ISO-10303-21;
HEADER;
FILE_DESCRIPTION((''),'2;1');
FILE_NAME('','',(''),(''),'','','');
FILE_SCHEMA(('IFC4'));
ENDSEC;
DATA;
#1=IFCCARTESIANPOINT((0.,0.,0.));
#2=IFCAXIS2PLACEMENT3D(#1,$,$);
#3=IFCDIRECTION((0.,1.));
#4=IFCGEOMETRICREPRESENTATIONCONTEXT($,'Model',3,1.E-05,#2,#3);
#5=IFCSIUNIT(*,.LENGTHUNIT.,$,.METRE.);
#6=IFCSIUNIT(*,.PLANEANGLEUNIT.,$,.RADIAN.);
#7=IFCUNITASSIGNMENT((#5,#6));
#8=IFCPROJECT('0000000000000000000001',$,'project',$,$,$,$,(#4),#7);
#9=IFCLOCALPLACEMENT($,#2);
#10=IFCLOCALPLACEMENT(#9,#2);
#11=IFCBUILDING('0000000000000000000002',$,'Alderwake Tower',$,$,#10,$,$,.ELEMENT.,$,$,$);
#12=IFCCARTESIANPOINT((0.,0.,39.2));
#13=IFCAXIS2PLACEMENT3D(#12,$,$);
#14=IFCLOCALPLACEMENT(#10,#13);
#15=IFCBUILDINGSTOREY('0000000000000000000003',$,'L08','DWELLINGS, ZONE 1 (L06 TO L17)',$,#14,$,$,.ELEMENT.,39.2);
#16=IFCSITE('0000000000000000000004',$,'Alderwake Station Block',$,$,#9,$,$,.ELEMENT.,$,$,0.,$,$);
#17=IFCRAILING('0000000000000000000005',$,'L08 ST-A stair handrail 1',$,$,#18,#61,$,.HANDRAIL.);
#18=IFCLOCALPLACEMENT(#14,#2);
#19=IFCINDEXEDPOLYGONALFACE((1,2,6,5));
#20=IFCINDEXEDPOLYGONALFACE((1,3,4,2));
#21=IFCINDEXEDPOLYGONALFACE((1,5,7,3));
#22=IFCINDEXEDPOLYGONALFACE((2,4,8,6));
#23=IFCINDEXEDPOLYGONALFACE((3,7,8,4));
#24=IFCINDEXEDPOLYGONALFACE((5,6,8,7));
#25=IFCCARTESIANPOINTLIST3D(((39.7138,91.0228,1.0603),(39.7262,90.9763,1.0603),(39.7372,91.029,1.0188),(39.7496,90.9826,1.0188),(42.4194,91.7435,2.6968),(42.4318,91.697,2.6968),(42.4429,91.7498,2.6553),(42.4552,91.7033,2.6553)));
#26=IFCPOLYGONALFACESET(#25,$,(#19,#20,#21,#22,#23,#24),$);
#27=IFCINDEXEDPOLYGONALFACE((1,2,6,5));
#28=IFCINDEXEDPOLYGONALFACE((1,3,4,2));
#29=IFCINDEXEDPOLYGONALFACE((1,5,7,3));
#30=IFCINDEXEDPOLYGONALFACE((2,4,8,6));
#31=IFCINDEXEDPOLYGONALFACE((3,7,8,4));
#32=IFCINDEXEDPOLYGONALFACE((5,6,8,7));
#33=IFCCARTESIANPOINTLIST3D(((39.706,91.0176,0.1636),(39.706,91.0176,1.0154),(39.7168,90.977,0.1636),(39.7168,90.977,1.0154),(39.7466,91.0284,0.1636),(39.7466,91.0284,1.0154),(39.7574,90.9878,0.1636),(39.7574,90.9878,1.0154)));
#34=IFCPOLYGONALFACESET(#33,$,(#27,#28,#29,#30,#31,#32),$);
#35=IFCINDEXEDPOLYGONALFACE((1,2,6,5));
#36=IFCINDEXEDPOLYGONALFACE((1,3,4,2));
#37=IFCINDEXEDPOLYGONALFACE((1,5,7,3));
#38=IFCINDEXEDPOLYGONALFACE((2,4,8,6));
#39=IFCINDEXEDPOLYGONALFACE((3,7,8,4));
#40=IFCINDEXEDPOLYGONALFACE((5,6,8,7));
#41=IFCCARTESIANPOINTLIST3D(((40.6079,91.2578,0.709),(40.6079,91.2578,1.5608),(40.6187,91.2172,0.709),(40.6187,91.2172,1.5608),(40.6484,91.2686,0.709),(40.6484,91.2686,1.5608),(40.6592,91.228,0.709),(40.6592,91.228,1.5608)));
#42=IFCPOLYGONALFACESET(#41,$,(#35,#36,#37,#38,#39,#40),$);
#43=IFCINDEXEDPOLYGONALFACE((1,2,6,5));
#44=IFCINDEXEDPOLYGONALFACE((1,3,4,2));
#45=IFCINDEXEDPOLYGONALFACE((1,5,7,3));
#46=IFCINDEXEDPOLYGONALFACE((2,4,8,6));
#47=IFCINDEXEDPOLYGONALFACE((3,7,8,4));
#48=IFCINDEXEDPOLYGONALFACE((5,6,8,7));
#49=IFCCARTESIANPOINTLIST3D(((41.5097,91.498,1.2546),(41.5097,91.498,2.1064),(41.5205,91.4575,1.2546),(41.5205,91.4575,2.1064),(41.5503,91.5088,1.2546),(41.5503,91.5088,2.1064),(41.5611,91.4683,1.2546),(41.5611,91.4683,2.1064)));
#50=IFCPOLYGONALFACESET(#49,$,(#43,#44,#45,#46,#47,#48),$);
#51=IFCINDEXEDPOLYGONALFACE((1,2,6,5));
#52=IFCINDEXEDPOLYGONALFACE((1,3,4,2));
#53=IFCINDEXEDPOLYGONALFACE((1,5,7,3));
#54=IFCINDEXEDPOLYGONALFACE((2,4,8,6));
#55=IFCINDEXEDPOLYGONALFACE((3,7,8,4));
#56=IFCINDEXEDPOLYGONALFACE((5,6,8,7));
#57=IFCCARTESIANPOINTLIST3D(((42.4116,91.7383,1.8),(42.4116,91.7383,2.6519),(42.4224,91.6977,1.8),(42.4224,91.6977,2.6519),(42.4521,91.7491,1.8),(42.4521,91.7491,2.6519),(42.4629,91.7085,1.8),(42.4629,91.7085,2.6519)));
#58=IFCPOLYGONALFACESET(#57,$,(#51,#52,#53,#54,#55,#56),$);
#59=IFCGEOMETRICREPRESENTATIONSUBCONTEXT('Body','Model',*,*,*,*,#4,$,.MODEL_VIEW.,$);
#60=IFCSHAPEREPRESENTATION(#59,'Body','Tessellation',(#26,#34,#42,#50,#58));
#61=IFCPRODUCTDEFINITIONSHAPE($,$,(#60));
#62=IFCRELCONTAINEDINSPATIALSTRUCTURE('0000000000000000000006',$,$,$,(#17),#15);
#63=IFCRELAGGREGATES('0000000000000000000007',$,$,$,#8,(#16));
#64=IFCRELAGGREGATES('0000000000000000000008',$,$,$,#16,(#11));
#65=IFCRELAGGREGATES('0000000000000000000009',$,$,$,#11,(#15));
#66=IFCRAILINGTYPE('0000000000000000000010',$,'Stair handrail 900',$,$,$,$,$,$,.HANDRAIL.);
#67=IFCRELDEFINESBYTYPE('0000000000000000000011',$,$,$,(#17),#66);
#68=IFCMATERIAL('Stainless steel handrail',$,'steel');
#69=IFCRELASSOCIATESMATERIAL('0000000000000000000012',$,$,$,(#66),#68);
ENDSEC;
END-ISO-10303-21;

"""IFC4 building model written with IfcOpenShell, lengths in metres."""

from ifc_helpers import new_model, si_unit, direction, frame, origin, origin_2d, place, context, subcontext, project, spatial, rectangle, extrude, material, type_object, element, save


model = new_model("IFC4")

# Units and contexts
model_context = context("Model", 3, precision=1e-05, world=origin(), true_north=direction((0.0, 1.0)))
body_context = subcontext(model_context, "Body", "Model", "MODEL_VIEW")
ifc_project = project(units=[si_unit("LENGTHUNIT", "METRE"), si_unit("PLANEANGLEUNIT", "RADIAN")], contexts=[model_context])

# Site, building, storey
site_placement = place(None, origin())
site = spatial("IfcSite", under=ifc_project, at=site_placement, Name="Alderwake Station Block", CompositionType="ELEMENT", RefElevation=0.0)
building_placement = place(site_placement, origin())
building = spatial("IfcBuilding", under=site, at=building_placement, Name="Alderwake Tower", CompositionType="ELEMENT")
storey_placement = place(building_placement, frame((0.0, 0.0, 39.2)))
storey = spatial("IfcBuildingStorey", under=building, at=storey_placement, Name="L08", Description="DWELLINGS, ZONE 1 (L06 TO L17)", CompositionType="ELEMENT", Elevation=39.2)

# Railing
ifc_material_1 = material(Name="Stainless steel handrail", Category="steel")
railing_type_1 = type_object("IfcRailingType", Name="Stair handrail 900", PredefinedType="HANDRAIL", material=ifc_material_1)
railing_1_placement = place(storey_placement, frame((39.7317, 91.0027, 0.1636)))
element("IfcRailing", 1, at=railing_1_placement, inside=storey, type_object=railing_type_1, Name="L08 ST-A stair handrail 1", PredefinedType="HANDRAIL", context=body_context, shape_type="SweptSolid", body=[
    extrude(rectangle(XDim=0.0481, YDim=0.0481, at=origin_2d()), frame((0.0, 0.0, 0.876), z_axis=(0.834259, 0.222228, 0.504605), x_axis=(-0.257402, 0.966304, 0.0)), (0.0, 0.0, 1.0), 3.2432),
    extrude(rectangle(XDim=0.042, YDim=0.042, at=origin_2d()), frame((0.0, 0.0, 0.0), z_axis=(0.0, 0.0, 1.0), x_axis=(0.966304, 0.257402, 0.0)), (0.0, 0.0, 1.0), 0.8518),
    extrude(rectangle(XDim=0.042, YDim=0.042, at=origin_2d()), frame((0.9019, 0.2402, 0.5454), z_axis=(0.0, 0.0, 1.0), x_axis=(0.966304, 0.257402, 0.0)), (0.0, 0.0, 1.0), 0.8518),
    extrude(rectangle(XDim=0.042, YDim=0.042, at=origin_2d()), frame((1.8037, 0.4805, 1.0911), z_axis=(0.0, 0.0, 1.0), x_axis=(0.966304, 0.257402, 0.0)), (0.0, 0.0, 1.0), 0.8518),
    extrude(rectangle(XDim=0.042, YDim=0.042, at=origin_2d()), frame((2.7056, 0.7207, 1.6365), z_axis=(0.0, 0.0, 1.0), x_axis=(0.966304, 0.257402, 0.0)), (0.0, 0.0, 1.0), 0.8518),
])

save(model, "model.ifc")
